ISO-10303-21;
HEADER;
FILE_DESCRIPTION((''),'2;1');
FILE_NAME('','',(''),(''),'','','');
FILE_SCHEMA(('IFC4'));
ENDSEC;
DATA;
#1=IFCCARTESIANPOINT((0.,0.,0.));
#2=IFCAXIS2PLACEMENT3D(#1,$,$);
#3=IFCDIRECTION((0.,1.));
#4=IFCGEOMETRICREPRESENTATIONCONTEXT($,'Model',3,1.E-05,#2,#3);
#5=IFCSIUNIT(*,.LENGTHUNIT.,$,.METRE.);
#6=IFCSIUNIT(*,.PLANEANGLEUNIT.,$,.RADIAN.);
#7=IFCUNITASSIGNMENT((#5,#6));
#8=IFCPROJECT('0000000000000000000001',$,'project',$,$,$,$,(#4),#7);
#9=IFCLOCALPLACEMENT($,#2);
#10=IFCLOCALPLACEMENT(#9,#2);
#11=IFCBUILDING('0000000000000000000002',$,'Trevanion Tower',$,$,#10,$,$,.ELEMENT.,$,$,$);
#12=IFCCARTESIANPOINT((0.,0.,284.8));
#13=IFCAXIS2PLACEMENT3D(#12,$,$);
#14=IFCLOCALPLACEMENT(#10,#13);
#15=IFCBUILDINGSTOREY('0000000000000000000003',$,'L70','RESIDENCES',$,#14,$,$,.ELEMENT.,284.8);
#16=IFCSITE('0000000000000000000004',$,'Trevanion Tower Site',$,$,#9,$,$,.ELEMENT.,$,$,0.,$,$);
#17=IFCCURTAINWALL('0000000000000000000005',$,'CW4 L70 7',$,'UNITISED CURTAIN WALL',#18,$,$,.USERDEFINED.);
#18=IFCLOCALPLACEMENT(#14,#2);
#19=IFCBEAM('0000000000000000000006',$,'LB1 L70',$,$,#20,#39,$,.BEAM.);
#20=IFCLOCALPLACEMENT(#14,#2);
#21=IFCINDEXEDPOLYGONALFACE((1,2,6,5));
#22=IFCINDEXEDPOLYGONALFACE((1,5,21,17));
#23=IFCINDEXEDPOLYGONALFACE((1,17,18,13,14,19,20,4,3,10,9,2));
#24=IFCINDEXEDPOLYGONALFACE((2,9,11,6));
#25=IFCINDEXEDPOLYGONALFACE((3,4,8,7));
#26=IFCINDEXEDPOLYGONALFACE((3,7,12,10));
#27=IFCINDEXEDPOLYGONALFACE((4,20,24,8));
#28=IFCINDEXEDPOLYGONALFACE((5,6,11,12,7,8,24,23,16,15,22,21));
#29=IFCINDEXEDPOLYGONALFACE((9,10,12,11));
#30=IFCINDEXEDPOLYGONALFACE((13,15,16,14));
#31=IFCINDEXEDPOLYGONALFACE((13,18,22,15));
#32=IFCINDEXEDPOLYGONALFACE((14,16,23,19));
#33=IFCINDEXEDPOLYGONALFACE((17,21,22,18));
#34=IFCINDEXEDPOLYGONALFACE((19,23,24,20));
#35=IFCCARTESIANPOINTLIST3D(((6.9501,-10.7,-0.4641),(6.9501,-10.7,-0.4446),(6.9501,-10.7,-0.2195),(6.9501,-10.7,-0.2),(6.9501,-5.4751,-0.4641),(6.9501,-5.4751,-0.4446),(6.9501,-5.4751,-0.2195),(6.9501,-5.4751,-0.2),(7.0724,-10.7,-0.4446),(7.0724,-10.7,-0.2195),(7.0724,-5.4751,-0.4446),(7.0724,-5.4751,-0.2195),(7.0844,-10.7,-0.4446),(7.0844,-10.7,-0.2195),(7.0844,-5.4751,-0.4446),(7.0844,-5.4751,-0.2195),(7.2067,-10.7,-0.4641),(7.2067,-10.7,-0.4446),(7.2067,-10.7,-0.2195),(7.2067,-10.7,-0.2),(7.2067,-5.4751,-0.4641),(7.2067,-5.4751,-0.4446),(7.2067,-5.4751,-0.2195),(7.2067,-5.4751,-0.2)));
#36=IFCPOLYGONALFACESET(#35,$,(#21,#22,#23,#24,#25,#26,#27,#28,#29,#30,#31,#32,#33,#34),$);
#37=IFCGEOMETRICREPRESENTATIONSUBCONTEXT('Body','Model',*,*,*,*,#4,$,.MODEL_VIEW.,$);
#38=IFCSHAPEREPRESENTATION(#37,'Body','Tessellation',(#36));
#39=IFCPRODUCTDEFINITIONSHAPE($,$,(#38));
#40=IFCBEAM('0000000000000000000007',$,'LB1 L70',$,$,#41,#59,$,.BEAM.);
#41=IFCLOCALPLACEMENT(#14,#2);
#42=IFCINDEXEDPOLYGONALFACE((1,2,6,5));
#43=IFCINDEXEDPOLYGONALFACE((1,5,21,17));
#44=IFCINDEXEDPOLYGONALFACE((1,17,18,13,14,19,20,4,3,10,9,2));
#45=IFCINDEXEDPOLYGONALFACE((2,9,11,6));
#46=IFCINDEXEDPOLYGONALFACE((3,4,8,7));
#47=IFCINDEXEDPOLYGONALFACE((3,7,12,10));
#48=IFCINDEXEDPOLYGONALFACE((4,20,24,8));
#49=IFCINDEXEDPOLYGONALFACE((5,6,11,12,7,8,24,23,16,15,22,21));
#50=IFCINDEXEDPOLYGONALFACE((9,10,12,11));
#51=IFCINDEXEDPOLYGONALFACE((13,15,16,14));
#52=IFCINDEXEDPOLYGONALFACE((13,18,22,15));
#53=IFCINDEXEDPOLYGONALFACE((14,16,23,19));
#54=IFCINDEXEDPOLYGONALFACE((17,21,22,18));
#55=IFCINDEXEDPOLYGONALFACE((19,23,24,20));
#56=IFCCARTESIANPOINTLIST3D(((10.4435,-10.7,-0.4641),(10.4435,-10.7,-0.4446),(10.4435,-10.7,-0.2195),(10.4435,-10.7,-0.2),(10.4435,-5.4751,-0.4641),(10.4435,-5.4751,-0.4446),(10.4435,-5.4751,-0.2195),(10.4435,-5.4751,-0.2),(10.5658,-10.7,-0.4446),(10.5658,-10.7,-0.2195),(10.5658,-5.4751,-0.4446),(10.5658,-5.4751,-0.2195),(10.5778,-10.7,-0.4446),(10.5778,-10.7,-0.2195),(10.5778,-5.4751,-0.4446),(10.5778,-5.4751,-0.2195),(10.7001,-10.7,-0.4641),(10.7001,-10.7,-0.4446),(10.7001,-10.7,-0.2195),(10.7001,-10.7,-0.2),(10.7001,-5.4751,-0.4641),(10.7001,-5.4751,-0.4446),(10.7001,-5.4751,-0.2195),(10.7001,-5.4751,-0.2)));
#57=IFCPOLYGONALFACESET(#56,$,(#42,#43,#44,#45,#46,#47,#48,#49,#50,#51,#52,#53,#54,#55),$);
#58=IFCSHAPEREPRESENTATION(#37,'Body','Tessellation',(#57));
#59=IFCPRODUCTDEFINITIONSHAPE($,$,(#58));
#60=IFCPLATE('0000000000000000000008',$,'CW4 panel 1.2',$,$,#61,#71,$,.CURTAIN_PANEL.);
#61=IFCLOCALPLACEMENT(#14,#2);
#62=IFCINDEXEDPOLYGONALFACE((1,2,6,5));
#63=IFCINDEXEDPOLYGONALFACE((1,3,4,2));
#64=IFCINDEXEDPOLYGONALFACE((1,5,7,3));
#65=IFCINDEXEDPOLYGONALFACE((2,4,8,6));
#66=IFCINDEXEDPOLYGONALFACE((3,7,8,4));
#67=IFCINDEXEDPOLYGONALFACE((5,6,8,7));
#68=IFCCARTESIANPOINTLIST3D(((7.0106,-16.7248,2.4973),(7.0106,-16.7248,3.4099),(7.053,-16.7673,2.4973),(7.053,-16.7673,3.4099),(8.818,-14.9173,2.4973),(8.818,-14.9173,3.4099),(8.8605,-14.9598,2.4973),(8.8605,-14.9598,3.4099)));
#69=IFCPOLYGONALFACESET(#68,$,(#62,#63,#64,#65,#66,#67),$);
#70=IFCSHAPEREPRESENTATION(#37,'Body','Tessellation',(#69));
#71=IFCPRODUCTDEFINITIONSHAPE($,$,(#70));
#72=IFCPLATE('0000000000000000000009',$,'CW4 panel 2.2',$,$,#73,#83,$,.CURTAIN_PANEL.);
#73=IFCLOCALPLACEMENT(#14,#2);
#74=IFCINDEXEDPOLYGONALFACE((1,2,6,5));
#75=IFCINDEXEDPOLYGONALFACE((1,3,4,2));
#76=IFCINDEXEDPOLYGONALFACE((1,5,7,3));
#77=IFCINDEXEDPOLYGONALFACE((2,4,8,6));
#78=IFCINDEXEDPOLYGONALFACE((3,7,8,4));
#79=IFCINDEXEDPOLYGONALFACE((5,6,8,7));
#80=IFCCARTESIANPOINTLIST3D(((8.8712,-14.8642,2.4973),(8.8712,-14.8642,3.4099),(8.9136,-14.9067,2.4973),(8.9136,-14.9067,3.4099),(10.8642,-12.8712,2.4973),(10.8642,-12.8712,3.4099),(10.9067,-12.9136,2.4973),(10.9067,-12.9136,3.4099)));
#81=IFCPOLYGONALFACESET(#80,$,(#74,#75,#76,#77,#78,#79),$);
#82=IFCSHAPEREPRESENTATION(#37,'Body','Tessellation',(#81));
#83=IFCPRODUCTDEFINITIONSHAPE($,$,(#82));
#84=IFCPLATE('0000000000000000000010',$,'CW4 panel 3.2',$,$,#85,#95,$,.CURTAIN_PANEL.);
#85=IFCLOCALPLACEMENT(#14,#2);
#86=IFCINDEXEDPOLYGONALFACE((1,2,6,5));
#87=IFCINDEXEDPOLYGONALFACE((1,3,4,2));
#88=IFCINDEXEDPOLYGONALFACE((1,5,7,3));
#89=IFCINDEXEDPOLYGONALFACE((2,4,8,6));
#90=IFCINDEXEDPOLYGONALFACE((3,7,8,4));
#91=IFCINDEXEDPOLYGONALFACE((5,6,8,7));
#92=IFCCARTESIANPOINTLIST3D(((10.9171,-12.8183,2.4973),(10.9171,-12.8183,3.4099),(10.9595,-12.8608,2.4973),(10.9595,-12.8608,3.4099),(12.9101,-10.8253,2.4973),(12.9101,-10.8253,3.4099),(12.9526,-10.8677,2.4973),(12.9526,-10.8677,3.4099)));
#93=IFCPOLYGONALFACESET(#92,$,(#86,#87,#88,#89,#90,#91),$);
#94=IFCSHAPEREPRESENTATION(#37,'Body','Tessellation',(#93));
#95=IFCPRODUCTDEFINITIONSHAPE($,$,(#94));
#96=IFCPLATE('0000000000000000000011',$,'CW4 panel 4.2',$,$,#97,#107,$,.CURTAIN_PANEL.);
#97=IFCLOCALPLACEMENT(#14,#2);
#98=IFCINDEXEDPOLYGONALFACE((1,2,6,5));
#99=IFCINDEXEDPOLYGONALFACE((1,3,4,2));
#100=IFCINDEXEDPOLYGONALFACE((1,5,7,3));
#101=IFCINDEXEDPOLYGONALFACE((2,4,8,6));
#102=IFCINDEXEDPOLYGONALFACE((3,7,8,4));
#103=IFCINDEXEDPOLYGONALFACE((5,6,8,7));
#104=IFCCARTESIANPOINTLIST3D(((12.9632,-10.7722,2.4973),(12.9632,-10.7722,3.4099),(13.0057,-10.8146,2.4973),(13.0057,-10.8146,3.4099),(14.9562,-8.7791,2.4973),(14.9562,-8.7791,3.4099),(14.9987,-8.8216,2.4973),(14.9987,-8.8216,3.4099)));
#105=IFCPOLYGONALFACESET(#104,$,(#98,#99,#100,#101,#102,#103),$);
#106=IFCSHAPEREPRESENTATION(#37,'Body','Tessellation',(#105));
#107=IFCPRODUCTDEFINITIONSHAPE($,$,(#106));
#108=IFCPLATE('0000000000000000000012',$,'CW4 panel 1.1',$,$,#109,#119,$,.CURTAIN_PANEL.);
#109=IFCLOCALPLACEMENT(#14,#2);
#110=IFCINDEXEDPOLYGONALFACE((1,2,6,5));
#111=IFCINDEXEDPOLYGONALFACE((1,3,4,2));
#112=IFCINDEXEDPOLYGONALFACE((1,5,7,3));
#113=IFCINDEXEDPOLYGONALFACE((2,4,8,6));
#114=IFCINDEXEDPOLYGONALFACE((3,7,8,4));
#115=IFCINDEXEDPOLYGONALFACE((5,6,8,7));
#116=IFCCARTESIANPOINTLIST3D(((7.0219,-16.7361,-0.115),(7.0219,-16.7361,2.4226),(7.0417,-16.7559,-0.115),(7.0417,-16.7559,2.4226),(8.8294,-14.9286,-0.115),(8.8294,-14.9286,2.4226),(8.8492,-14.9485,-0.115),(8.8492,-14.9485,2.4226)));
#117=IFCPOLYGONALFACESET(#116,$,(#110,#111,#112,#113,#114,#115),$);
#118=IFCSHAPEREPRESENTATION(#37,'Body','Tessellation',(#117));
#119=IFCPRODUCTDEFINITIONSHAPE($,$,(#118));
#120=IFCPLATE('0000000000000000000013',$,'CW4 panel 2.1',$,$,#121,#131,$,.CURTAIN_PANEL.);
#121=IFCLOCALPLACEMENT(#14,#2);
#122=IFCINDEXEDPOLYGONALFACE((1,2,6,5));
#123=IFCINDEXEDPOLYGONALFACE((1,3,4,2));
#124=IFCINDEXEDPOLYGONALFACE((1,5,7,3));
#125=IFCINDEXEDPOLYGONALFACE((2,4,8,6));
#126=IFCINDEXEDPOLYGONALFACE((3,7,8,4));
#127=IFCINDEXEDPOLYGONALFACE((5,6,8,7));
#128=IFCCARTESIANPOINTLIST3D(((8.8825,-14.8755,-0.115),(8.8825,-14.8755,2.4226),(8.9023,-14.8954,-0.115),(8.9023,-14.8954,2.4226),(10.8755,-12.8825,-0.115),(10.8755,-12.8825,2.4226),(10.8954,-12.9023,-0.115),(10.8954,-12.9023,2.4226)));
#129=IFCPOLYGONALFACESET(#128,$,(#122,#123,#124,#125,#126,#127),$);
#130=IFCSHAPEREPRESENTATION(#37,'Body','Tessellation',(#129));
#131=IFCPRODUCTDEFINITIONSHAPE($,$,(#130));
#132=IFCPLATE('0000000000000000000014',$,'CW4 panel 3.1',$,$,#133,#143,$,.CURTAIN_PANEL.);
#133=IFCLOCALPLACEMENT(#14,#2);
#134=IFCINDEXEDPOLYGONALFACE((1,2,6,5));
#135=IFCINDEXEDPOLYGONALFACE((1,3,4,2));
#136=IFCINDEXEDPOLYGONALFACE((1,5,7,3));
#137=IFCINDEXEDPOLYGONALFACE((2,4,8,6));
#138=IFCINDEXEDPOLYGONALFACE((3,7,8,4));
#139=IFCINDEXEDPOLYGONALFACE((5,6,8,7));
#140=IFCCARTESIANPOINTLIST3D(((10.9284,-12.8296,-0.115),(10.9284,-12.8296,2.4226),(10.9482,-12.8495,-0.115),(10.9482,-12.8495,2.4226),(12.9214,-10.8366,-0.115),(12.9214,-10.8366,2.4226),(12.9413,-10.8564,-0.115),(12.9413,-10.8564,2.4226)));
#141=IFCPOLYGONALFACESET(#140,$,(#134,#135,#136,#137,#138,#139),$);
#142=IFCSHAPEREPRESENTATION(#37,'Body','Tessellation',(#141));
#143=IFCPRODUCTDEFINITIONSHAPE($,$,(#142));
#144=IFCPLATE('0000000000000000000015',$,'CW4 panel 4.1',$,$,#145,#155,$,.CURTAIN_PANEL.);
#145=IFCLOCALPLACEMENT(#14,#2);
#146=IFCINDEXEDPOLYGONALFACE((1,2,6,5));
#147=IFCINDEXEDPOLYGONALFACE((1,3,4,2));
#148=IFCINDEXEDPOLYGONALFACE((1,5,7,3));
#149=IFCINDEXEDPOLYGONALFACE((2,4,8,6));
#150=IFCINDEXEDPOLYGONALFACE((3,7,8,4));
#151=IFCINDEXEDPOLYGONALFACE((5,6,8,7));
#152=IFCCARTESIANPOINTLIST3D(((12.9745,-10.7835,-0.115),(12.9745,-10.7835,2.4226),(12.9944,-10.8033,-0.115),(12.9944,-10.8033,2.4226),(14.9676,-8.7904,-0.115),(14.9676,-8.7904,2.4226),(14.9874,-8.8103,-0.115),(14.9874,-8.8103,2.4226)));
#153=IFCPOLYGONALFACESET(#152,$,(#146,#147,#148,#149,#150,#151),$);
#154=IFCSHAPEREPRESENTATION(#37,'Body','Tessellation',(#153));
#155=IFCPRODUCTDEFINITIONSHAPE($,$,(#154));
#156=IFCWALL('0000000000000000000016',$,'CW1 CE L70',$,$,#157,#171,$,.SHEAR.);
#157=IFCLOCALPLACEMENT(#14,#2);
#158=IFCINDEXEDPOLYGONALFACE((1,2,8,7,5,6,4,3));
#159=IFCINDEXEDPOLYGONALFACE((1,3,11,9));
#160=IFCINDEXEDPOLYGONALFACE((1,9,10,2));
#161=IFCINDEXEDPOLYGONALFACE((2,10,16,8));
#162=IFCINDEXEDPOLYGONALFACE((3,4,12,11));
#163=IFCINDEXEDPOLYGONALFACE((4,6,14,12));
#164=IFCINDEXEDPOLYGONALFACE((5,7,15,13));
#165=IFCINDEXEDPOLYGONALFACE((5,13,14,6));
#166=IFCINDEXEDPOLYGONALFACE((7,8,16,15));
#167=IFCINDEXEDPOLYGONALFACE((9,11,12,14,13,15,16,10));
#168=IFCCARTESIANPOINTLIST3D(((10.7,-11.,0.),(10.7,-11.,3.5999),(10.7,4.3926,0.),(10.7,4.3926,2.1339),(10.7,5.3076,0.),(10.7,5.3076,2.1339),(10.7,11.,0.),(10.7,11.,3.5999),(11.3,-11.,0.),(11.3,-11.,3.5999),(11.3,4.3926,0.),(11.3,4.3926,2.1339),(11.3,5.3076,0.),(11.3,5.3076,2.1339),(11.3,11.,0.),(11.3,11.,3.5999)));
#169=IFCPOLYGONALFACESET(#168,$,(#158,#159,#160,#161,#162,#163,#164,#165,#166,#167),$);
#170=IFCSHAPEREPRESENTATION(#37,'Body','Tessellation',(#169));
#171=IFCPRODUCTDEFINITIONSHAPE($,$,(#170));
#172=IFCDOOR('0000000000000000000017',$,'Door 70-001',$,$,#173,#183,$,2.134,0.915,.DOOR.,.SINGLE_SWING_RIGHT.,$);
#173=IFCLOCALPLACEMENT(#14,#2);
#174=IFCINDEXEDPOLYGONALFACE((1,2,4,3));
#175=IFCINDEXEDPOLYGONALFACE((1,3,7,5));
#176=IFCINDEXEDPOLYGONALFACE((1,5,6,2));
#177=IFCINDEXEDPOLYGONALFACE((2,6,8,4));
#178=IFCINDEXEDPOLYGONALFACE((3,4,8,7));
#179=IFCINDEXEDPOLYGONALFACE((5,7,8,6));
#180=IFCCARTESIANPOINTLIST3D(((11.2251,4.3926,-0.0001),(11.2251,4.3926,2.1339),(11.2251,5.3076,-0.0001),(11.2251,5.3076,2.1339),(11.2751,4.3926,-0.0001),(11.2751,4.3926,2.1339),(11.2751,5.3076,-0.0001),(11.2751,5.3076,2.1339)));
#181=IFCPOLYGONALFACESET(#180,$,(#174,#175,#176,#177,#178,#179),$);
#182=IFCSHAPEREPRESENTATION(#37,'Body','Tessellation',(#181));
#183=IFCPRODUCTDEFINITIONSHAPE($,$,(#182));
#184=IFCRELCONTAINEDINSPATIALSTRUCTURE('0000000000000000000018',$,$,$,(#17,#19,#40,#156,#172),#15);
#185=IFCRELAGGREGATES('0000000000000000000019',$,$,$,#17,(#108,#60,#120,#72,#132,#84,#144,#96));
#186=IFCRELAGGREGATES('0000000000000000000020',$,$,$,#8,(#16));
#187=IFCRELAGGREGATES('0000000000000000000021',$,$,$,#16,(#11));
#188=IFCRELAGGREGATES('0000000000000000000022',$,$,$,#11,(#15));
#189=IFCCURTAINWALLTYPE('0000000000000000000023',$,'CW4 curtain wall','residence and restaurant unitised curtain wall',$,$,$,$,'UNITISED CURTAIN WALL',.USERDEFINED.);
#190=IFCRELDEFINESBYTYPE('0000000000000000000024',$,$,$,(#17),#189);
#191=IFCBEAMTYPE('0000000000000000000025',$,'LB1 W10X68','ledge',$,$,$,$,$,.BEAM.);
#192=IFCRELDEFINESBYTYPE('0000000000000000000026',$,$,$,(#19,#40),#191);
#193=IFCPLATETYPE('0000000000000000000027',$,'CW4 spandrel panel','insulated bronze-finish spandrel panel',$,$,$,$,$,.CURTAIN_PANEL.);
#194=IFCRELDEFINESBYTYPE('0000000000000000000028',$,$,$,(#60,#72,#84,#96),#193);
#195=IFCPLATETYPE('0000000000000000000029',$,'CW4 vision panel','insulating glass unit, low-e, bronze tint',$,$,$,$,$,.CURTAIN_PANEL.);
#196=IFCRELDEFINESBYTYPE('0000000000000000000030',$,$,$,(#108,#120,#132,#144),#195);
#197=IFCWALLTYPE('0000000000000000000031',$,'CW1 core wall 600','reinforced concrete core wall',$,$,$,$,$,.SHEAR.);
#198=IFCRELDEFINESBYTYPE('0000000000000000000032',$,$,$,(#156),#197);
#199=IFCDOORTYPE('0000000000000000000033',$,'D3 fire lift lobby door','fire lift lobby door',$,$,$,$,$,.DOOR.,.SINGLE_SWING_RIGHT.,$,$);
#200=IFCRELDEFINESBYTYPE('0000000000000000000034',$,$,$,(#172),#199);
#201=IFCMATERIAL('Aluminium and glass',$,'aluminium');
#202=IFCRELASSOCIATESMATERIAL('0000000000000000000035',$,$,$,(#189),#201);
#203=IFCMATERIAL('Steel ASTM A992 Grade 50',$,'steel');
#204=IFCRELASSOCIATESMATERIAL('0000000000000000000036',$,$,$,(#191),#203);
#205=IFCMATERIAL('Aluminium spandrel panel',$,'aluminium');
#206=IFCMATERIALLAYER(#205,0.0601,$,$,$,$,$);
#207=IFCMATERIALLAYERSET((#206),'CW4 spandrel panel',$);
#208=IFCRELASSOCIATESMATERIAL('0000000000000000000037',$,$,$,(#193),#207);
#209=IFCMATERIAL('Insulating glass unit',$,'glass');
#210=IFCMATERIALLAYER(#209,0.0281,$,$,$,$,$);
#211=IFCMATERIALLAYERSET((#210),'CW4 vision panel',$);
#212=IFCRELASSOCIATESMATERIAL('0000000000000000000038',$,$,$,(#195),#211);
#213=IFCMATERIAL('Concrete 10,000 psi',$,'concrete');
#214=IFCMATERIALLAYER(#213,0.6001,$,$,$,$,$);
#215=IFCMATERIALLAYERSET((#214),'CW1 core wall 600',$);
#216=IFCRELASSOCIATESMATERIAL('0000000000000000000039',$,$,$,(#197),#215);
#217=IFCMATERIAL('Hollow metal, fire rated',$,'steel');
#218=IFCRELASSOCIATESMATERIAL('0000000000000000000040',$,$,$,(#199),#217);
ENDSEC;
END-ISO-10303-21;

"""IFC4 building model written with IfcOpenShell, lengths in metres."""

from ifc_helpers import new_model, si_unit, direction, frame, frame_2d, origin, origin_2d, place, context, subcontext, project, spatial, rectangle, i_section, extrude, material, layer, layer_set, material_profile, profile_set, type_object, element, fill, aggregate, save


model = new_model("IFC4")

# Units and contexts
model_context = context("Model", 3, precision=1e-05, world=origin(), true_north=direction((0.0, 1.0)))
body_context = subcontext(model_context, "Body", "Model", "MODEL_VIEW")
ifc_project = project(units=[si_unit("LENGTHUNIT", "METRE"), si_unit("PLANEANGLEUNIT", "RADIAN")], contexts=[model_context])

# Site, building, storey
site_placement = place(None, origin())
site = spatial("IfcSite", under=ifc_project, at=site_placement, Name="Trevanion Tower Site", CompositionType="ELEMENT", RefElevation=0.0)
building_placement = place(site_placement, origin())
building = spatial("IfcBuilding", under=site, at=building_placement, Name="Trevanion Tower", CompositionType="ELEMENT")
storey_placement = place(building_placement, frame((0.0, 0.0, 284.8)))
storey = spatial("IfcBuildingStorey", under=building, at=storey_placement, Name="L70", Description="RESIDENCES", CompositionType="ELEMENT", Elevation=284.8)

# Curtain wall
ifc_material_1 = material(Name="Aluminium and glass", Category="aluminium")
curtain_wall_type = type_object("IfcCurtainWallType", Name="CW4 curtain wall", Description="residence and restaurant unitised curtain wall", ElementType="UNITISED CURTAIN WALL", PredefinedType="USERDEFINED", material=ifc_material_1)
curtain_wall_placement = place(storey_placement, origin())
curtain_wall = element("IfcCurtainWall", 1, at=curtain_wall_placement, inside=storey, type_object=curtain_wall_type, Name="CW4 L70 7", ObjectType="UNITISED CURTAIN WALL", PredefinedType="USERDEFINED")

# Beams
ifc_material_2 = material(Name="Steel ASTM A992 Grade 50", Category="steel")
ifc_material_profile_1 = material_profile(ifc_material_2, i_section(OverallWidth=0.2566, OverallDepth=0.2642, WebThickness=0.012, FlangeThickness=0.0195, at=origin_2d()), Name="W10X68")
ifc_profile_set_1 = profile_set([ifc_material_profile_1], Name="Steel ASTM A992 Grade 50")
beam_type = type_object("IfcBeamType", Name="LB1 W10X68", Description="ledge", PredefinedType="BEAM", material=ifc_profile_set_1)
for number, where, z_axis, x_axis, name in (
    (2, (7.0784, -10.7, -0.332), (0.0, 1.0, 0.0), (-1.0, 0.0, 0.0), "LB1 L70"),
    (3, (10.5718, -10.7, -0.332), (0.0, 1.0, 0.0), (-1.0, 0.0, 0.0), "LB1 L70"),
):
    element("IfcBeam", number, at=place(storey_placement, frame(where, z_axis=z_axis, x_axis=x_axis)), inside=storey, type_object=beam_type, Name=name, PredefinedType="BEAM", context=body_context, shape_type="SweptSolid", body=[
        extrude(i_section(OverallWidth=0.2566, OverallDepth=0.2642, WebThickness=0.012, FlangeThickness=0.0195, at=origin_2d()), origin(), (0.0, 0.0, 1.0), 5.2249),
    ])

# Plates
ifc_material_3 = material(Name="Aluminium spandrel panel", Category="aluminium")
ifc_layer_1 = layer(ifc_material_3, 0.0601)
ifc_layer_set_1 = layer_set([ifc_layer_1], Name="CW4 spandrel panel")
plate_type_1 = type_object("IfcPlateType", Name="CW4 spandrel panel", Description="insulated bronze-finish spandrel panel", PredefinedType="CURTAIN_PANEL", material=ifc_layer_set_1)
plate_1_placement = place(storey_placement, frame((7.9355, -15.8423, 2.4973), z_axis=(0.0, 0.0, 1.0), x_axis=(0.707107, 0.707107, 0.0)))
plate_1 = element("IfcPlate", 4, at=plate_1_placement, type_object=plate_type_1, Name="CW4 panel 1.2", PredefinedType="CURTAIN_PANEL", context=body_context, shape_type="SweptSolid", body=[
    extrude(rectangle(XDim=2.5562, YDim=0.0601, at=origin_2d()), origin(), (0.0, 0.0, 1.0), 0.9126),
])
plate_2_placement = place(storey_placement, frame((9.8889, -13.8889, 2.4973), z_axis=(0.0, 0.0, 1.0), x_axis=(0.707107, 0.707107, 0.0)))
plate_2 = element("IfcPlate", 5, at=plate_2_placement, type_object=plate_type_1, Name="CW4 panel 2.2", PredefinedType="CURTAIN_PANEL", context=body_context, shape_type="SweptSolid", body=[
    extrude(rectangle(XDim=2.8186, YDim=0.0601, at=origin_2d()), origin(), (0.0, 0.0, 1.0), 0.9126),
])
plate_3_placement = place(storey_placement, frame((11.9348, -11.843, 2.4973), z_axis=(0.0, 0.0, 1.0), x_axis=(0.707107, 0.707107, 0.0)))
plate_3 = element("IfcPlate", 6, at=plate_3_placement, type_object=plate_type_1, Name="CW4 panel 3.2", PredefinedType="CURTAIN_PANEL", context=body_context, shape_type="SweptSolid", body=[
    extrude(rectangle(XDim=2.8186, YDim=0.0601, at=origin_2d()), origin(), (0.0, 0.0, 1.0), 0.9126),
])
plate_4_placement = place(storey_placement, frame((13.981, -9.7969, 2.4973), z_axis=(0.0, 0.0, 1.0), x_axis=(0.707107, 0.707107, 0.0)))
plate_4 = element("IfcPlate", 7, at=plate_4_placement, type_object=plate_type_1, Name="CW4 panel 4.2", PredefinedType="CURTAIN_PANEL", context=body_context, shape_type="SweptSolid", body=[
    extrude(rectangle(XDim=2.8186, YDim=0.0601, at=origin_2d()), origin(), (0.0, 0.0, 1.0), 0.9126),
])
ifc_material_4 = material(Name="Insulating glass unit", Category="glass")
ifc_layer_2 = layer(ifc_material_4, 0.0281)
ifc_layer_set_2 = layer_set([ifc_layer_2], Name="CW4 vision panel")
plate_type_2 = type_object("IfcPlateType", Name="CW4 vision panel", Description="insulating glass unit, low-e, bronze tint", PredefinedType="CURTAIN_PANEL", material=ifc_layer_set_2)
plate_5_placement = place(storey_placement, frame((7.9355, -15.8423, -0.115), z_axis=(0.0, 0.0, 1.0), x_axis=(0.707107, 0.707107, 0.0)))
plate_5 = element("IfcPlate", 8, at=plate_5_placement, type_object=plate_type_2, Name="CW4 panel 1.1", PredefinedType="CURTAIN_PANEL", context=body_context, shape_type="SweptSolid", body=[
    extrude(rectangle(XDim=2.5562, YDim=0.0281, at=origin_2d()), origin(), (0.0, 0.0, 1.0), 2.5376),
])
plate_6_placement = place(storey_placement, frame((9.8889, -13.8889, -0.115), z_axis=(0.0, 0.0, 1.0), x_axis=(0.707107, 0.707107, 0.0)))
plate_6 = element("IfcPlate", 9, at=plate_6_placement, type_object=plate_type_2, Name="CW4 panel 2.1", PredefinedType="CURTAIN_PANEL", context=body_context, shape_type="SweptSolid", body=[
    extrude(rectangle(XDim=2.8186, YDim=0.0281, at=origin_2d()), origin(), (0.0, 0.0, 1.0), 2.5376),
])
plate_7_placement = place(storey_placement, frame((11.9348, -11.843, -0.115), z_axis=(0.0, 0.0, 1.0), x_axis=(0.707107, 0.707107, 0.0)))
plate_7 = element("IfcPlate", 10, at=plate_7_placement, type_object=plate_type_2, Name="CW4 panel 3.1", PredefinedType="CURTAIN_PANEL", context=body_context, shape_type="SweptSolid", body=[
    extrude(rectangle(XDim=2.8186, YDim=0.0281, at=origin_2d()), origin(), (0.0, 0.0, 1.0), 2.5376),
])
plate_8_placement = place(storey_placement, frame((13.981, -9.7969, -0.115), z_axis=(0.0, 0.0, 1.0), x_axis=(0.707107, 0.707107, 0.0)))
plate_8 = element("IfcPlate", 11, at=plate_8_placement, type_object=plate_type_2, Name="CW4 panel 4.1", PredefinedType="CURTAIN_PANEL", context=body_context, shape_type="SweptSolid", body=[
    extrude(rectangle(XDim=2.8186, YDim=0.0281, at=origin_2d()), origin(), (0.0, 0.0, 1.0), 2.5376),
])
aggregate(curtain_wall, [plate_5, plate_1, plate_6, plate_2, plate_7, plate_3, plate_8, plate_4])

# Wall, opening, door
ifc_material_5 = material(Name="Concrete 10,000 psi", Category="concrete")
ifc_layer_3 = layer(ifc_material_5, 0.6001)
ifc_layer_set_3 = layer_set([ifc_layer_3], Name="CW1 core wall 600")
wall_type_1 = type_object("IfcWallType", Name="CW1 core wall 600", Description="reinforced concrete core wall", PredefinedType="SHEAR", material=ifc_layer_set_3)
wall_1_placement = place(storey_placement, frame((11.0, -11.0, 0.0), z_axis=(0.0, 0.0, 1.0), x_axis=(0.0, 1.0, 0.0)))
wall_1 = element("IfcWall", 12, at=wall_1_placement, inside=storey, type_object=wall_type_1, Name="CW1 CE L70", PredefinedType="SHEAR", context=body_context, shape_type="SweptSolid", body=[
    extrude(rectangle(XDim=22.0, YDim=0.6001, at=frame_2d((11.0, 0.0))), origin(), (0.0, 0.0, 1.0), 3.5999),
])
opening_placement = place(wall_1_placement, frame((15.3926, 0.0, 0.0)))
opening = element("IfcOpeningElement", 13, at=opening_placement, cuts=wall_1, PredefinedType="OPENING", context=body_context, shape_type="SweptSolid", body=[
    extrude(rectangle(XDim=0.915, YDim=2.134, at=frame_2d((0.4575, 1.0669))), frame((0.0, 0.3101, 0.0), z_axis=(0.0, -1.0, 0.0), x_axis=(1.0, 0.0, 0.0)), (0.0, 0.0, 1.0), 0.6201),
])
ifc_material_6 = material(Name="Hollow metal, fire rated", Category="steel")
door_type = type_object("IfcDoorType", Name="D3 fire lift lobby door", Description="fire lift lobby door", OperationType="SINGLE_SWING_RIGHT", PredefinedType="DOOR", material=ifc_material_6)
door_placement = place(opening_placement, origin())
door = element("IfcDoor", 14, at=door_placement, inside=storey, type_object=door_type, Name="Door 70-001", OperationType="SINGLE_SWING_RIGHT", OverallHeight=2.134, OverallWidth=0.915, PredefinedType="DOOR", context=body_context, shape_type="SweptSolid", body=[
    extrude(rectangle(XDim=0.915, YDim=2.134, at=frame_2d((0.4575, 1.0669))), frame((0.0, -0.2251, 0.0), z_axis=(0.0, -1.0, 0.0), x_axis=(1.0, 0.0, 0.0)), (0.0, 0.0, 1.0), 0.05),
])
fill(opening, door)

save(model, "model.ifc")
